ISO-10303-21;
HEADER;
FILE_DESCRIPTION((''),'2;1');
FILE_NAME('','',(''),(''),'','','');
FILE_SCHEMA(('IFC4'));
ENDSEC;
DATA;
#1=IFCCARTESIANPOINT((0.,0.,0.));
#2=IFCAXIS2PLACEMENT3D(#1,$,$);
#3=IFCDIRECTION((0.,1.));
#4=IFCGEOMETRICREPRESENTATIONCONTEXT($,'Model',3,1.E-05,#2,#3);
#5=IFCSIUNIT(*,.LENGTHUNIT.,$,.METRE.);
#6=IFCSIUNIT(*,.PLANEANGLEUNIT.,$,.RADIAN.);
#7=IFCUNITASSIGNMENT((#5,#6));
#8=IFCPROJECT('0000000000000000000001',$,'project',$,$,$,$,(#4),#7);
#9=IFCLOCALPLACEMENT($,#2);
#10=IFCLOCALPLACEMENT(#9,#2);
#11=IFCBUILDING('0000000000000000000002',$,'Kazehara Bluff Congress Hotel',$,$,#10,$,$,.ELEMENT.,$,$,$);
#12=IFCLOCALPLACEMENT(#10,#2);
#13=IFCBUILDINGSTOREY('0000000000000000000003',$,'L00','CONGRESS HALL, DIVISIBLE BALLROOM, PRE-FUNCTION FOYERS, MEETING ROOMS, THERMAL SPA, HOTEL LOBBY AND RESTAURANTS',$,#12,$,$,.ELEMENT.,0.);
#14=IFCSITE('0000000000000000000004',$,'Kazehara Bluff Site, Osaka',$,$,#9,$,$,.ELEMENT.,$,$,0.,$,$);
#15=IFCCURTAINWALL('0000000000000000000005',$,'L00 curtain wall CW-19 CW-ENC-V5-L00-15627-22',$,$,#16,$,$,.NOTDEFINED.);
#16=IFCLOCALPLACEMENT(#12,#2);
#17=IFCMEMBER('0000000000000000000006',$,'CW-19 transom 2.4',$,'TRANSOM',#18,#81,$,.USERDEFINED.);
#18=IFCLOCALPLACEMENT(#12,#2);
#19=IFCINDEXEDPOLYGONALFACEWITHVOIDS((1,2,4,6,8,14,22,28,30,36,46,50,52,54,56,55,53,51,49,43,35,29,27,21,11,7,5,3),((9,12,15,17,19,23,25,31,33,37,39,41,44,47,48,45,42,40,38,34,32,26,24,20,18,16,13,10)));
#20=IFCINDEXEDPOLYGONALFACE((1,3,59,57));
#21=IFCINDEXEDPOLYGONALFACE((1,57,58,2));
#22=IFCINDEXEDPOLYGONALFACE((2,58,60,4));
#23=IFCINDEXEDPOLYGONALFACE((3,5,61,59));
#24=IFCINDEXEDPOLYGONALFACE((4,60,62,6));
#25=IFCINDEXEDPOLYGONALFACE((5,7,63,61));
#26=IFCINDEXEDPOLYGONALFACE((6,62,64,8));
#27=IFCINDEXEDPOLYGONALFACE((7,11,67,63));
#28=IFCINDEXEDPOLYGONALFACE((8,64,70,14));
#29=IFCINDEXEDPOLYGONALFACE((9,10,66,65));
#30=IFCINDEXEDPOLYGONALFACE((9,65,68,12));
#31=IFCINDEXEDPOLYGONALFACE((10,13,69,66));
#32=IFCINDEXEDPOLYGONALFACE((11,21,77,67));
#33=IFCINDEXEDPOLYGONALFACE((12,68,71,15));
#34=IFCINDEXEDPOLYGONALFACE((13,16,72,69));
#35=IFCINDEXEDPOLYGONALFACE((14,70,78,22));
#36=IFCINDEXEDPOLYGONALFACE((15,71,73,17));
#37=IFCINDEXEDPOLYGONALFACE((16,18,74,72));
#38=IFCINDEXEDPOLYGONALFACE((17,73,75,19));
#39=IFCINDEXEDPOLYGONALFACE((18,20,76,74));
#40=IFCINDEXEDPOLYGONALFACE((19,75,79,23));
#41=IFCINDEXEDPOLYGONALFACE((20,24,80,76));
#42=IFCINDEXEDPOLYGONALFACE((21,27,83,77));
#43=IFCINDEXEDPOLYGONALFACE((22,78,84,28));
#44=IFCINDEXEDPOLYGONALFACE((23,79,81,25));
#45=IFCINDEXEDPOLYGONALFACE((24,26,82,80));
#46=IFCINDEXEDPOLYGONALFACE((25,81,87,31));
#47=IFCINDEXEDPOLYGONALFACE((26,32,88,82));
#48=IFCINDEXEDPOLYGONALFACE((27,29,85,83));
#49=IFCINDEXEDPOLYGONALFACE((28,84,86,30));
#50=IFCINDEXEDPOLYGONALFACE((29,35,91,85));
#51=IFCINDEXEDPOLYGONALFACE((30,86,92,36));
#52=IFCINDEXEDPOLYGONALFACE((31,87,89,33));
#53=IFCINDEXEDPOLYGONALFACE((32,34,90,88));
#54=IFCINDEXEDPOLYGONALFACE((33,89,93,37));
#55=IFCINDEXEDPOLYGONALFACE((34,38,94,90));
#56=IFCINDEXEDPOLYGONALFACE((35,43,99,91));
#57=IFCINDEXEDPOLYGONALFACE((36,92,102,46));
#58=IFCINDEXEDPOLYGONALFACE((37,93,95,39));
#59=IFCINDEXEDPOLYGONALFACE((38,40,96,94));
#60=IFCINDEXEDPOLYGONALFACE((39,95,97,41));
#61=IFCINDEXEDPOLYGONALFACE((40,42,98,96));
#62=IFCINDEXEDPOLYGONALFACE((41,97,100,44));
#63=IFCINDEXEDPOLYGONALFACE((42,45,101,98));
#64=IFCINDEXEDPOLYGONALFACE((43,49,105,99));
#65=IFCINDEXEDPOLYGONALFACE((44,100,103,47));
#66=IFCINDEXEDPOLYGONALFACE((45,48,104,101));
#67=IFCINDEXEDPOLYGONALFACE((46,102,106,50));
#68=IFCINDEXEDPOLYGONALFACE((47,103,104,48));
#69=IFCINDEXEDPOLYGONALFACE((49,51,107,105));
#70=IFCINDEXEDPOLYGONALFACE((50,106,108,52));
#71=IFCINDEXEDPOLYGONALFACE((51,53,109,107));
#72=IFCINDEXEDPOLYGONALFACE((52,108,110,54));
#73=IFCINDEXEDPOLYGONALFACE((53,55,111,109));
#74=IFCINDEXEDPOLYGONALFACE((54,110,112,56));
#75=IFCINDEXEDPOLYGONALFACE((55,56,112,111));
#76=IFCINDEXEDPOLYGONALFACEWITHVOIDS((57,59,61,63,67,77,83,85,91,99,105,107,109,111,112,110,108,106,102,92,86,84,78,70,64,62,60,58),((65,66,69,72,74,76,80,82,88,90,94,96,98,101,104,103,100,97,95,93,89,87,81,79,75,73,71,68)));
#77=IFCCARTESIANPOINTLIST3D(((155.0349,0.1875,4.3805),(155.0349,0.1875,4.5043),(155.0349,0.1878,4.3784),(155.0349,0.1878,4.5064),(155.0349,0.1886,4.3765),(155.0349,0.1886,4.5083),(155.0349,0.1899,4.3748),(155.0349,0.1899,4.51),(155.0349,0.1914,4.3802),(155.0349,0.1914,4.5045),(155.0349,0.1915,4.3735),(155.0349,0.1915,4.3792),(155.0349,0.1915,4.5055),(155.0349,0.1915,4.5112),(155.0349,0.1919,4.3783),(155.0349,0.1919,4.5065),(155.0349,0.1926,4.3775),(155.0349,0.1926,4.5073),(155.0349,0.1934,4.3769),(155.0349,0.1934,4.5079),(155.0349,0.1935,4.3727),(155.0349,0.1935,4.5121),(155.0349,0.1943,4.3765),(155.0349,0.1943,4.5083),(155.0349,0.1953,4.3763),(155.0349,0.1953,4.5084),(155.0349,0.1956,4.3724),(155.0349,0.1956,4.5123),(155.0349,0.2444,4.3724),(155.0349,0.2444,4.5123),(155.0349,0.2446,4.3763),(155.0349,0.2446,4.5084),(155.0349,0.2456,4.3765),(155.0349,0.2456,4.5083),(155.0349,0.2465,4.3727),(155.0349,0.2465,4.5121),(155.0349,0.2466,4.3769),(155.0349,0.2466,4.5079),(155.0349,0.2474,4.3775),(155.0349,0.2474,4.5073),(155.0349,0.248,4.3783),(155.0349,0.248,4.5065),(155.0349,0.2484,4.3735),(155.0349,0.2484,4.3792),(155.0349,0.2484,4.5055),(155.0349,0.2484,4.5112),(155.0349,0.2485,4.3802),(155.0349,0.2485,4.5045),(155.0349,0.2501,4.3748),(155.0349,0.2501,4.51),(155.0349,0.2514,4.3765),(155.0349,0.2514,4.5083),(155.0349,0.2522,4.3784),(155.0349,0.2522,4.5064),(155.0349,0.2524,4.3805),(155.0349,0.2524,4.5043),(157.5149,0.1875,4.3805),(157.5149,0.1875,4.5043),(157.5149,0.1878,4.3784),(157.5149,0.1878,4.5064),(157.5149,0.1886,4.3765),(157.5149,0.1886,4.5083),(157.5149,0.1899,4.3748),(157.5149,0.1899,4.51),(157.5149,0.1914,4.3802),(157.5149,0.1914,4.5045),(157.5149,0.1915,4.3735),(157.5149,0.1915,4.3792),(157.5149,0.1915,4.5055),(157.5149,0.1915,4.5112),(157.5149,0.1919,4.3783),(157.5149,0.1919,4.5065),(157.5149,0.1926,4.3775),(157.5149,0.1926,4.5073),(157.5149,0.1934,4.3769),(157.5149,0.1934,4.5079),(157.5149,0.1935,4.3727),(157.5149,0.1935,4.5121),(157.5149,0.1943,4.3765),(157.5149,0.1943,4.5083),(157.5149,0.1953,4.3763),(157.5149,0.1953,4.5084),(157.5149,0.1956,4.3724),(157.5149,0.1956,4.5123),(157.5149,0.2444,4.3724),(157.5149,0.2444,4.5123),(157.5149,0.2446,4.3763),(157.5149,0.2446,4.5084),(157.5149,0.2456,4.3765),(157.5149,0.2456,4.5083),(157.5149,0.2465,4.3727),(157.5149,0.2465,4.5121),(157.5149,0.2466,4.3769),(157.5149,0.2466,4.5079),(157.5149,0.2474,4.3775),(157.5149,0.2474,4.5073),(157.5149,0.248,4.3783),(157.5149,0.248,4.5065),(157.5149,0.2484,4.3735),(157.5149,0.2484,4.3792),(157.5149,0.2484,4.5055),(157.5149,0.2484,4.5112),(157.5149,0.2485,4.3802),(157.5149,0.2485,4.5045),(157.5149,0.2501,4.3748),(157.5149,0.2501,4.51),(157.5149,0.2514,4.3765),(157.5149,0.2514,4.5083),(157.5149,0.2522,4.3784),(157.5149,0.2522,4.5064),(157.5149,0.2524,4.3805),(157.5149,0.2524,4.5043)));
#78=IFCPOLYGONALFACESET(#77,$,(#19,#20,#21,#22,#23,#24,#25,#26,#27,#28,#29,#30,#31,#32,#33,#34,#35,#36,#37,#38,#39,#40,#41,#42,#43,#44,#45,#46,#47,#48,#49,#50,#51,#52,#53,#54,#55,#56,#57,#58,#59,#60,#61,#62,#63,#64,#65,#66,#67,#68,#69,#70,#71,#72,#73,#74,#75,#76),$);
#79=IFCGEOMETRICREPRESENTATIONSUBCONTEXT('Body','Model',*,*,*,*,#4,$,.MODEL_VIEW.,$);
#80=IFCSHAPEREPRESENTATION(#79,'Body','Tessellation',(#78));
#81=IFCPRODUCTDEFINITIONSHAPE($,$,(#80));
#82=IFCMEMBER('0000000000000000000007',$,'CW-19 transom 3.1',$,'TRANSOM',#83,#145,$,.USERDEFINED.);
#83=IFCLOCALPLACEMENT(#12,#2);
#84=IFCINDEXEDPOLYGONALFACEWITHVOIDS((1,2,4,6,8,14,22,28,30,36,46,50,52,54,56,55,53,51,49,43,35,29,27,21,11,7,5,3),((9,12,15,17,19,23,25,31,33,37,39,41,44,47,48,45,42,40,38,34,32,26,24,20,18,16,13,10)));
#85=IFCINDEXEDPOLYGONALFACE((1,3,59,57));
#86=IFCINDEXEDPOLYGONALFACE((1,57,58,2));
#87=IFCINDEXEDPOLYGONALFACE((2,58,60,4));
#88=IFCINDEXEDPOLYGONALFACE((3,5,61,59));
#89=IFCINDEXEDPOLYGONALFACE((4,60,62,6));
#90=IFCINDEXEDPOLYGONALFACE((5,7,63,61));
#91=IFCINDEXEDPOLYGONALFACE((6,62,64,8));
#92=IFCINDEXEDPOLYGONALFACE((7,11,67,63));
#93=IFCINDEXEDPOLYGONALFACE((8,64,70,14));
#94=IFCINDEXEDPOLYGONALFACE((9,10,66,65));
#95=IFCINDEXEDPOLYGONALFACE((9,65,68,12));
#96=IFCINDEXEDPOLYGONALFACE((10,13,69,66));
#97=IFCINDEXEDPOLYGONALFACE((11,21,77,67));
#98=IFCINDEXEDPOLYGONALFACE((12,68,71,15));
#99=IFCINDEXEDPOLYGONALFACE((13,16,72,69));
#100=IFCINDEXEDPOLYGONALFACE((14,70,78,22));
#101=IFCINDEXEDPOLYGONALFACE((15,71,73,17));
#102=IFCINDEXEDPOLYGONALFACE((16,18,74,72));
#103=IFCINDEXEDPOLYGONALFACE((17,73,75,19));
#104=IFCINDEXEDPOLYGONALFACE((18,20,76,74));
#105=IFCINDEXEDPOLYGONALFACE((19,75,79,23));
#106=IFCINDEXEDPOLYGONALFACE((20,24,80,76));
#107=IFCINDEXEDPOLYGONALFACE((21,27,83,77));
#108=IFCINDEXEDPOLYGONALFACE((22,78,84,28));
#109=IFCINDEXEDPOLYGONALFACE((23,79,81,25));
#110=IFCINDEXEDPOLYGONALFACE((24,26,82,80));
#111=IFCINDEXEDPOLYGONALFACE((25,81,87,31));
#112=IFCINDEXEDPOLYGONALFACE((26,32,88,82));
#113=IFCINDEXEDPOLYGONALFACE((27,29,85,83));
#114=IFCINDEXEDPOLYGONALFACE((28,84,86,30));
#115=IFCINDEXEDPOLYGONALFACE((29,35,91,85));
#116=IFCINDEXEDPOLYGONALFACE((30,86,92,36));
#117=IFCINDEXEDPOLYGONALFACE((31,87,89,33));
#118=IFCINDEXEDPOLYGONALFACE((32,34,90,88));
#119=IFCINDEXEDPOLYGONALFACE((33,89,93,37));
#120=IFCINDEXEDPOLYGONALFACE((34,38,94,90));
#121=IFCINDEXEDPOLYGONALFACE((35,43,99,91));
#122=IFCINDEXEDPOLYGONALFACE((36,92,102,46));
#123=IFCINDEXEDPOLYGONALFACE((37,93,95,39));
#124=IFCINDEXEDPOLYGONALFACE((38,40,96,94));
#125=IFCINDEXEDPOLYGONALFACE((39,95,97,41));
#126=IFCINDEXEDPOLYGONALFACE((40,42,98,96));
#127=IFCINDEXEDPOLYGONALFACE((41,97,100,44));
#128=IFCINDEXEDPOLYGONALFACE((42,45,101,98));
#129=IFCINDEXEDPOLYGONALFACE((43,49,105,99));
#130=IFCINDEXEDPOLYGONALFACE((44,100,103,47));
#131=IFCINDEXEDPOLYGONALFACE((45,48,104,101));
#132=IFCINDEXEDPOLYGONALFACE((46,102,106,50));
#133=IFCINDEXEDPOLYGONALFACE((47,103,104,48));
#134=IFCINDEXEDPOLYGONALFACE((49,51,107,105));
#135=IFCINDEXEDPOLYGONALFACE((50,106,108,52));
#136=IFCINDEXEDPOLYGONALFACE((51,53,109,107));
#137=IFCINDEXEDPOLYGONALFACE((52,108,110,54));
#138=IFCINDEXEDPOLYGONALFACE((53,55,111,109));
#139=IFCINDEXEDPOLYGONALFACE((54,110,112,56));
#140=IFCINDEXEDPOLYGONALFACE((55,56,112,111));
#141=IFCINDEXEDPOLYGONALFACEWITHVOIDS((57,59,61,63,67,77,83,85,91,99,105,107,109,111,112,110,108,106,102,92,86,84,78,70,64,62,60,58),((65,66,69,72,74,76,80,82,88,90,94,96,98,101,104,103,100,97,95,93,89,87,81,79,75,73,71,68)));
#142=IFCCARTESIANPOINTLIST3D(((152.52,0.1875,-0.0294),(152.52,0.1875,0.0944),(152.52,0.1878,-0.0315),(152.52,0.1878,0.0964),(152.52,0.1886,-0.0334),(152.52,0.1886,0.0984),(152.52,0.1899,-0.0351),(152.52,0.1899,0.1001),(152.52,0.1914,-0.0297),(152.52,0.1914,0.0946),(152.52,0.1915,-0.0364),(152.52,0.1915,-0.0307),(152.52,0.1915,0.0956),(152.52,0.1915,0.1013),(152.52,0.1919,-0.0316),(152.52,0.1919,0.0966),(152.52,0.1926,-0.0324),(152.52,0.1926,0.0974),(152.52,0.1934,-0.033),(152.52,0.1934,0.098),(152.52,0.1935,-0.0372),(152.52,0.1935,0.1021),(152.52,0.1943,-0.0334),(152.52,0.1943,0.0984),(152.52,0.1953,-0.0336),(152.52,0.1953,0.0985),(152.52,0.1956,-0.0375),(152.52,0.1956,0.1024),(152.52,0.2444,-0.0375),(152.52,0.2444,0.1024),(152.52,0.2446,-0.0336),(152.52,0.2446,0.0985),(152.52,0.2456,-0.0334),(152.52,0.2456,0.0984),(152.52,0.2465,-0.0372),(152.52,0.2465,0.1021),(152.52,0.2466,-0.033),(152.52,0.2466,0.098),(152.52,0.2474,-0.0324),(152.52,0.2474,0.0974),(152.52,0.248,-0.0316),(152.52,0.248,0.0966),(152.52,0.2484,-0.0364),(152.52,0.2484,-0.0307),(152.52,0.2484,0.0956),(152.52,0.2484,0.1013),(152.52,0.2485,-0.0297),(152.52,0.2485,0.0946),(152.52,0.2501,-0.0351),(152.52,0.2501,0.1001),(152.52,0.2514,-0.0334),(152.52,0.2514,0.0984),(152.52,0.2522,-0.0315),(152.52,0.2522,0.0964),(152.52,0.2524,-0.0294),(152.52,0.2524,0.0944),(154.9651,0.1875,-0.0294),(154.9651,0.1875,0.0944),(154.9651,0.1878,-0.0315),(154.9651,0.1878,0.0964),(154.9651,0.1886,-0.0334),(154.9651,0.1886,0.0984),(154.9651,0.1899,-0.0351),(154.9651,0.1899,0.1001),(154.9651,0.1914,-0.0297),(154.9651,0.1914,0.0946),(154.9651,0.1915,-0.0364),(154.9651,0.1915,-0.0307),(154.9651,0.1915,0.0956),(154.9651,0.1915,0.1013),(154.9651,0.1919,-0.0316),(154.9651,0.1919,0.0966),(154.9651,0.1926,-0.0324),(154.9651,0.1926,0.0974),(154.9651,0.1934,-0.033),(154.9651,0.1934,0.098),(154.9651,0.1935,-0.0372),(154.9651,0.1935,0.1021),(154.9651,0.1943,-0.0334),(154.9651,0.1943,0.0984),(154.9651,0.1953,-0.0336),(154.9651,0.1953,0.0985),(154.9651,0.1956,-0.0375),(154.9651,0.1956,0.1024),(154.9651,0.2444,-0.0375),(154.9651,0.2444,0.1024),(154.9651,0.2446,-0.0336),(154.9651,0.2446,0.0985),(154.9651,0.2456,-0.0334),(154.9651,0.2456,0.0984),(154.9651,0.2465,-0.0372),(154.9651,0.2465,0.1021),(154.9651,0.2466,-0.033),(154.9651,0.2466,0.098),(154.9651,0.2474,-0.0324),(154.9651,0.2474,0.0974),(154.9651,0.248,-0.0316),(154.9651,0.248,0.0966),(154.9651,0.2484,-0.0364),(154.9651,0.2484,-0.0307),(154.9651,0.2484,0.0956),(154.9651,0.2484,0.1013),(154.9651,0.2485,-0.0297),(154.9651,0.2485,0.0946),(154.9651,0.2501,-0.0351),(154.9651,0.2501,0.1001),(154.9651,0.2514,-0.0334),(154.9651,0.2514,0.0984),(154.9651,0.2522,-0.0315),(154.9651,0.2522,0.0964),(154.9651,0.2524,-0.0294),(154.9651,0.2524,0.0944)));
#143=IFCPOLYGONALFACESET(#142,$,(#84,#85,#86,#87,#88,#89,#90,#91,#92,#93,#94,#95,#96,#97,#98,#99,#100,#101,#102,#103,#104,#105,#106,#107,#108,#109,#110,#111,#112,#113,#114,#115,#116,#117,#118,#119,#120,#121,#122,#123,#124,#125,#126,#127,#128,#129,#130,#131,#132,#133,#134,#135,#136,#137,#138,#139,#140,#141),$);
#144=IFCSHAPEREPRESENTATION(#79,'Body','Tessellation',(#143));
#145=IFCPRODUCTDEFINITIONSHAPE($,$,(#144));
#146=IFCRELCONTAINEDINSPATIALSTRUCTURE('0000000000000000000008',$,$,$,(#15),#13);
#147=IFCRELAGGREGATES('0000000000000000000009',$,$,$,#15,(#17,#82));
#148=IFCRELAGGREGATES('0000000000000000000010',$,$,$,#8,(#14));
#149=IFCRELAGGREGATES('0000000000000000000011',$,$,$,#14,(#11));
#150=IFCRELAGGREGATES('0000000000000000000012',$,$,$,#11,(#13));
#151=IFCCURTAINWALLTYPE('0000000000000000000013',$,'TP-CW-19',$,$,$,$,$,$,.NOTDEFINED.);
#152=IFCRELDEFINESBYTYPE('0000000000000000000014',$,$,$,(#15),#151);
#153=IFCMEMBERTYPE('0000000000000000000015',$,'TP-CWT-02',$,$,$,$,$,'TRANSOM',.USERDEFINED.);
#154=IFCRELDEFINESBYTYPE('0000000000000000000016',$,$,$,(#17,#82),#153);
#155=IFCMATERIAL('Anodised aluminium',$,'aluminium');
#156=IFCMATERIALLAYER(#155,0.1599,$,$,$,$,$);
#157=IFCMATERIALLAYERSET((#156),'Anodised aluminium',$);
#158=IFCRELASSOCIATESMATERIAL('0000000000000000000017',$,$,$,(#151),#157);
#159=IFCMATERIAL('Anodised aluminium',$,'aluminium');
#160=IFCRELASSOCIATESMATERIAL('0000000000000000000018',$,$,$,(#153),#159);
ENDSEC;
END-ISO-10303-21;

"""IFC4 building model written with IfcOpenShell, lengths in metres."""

from ifc_helpers import new_model, si_unit, direction, frame, origin, origin_2d, place, context, subcontext, project, spatial, hollow_rectangle, extrude, material, layer, layer_set, material_profile, profile_set, type_object, element, aggregate, save


model = new_model("IFC4")

# Units and contexts
model_context = context("Model", 3, precision=1e-05, world=origin(), true_north=direction((0.0, 1.0)))
body_context = subcontext(model_context, "Body", "Model", "MODEL_VIEW")
ifc_project = project(units=[si_unit("LENGTHUNIT", "METRE"), si_unit("PLANEANGLEUNIT", "RADIAN")], contexts=[model_context])

# Site, building, storey
site_placement = place(None, origin())
site = spatial("IfcSite", under=ifc_project, at=site_placement, Name="Kazehara Bluff Site, Osaka", CompositionType="ELEMENT", RefElevation=0.0)
building_placement = place(site_placement, origin())
building = spatial("IfcBuilding", under=site, at=building_placement, Name="Kazehara Bluff Congress Hotel", CompositionType="ELEMENT")
storey_placement = place(building_placement, origin())
storey = spatial("IfcBuildingStorey", under=building, at=storey_placement, Name="L00", Description="CONGRESS HALL, DIVISIBLE BALLROOM, PRE-FUNCTION FOYERS, MEETING ROOMS, THERMAL SPA, HOTEL LOBBY AND RESTAURANTS", CompositionType="ELEMENT", Elevation=0.0)

# Curtain wall, members
ifc_material_1 = material(Name="Anodised aluminium", Category="aluminium")
ifc_layer_1 = layer(ifc_material_1, 0.1599)
ifc_layer_set_1 = layer_set([ifc_layer_1], Name="Anodised aluminium")
curtain_wall_type = type_object("IfcCurtainWallType", Name="TP-CW-19", PredefinedType="NOTDEFINED", material=ifc_layer_set_1)
curtain_wall_placement = place(storey_placement, origin())
curtain_wall = element("IfcCurtainWall", 1, at=curtain_wall_placement, inside=storey, type_object=curtain_wall_type, Name="L00 curtain wall CW-19 CW-ENC-V5-L00-15627-22", PredefinedType="NOTDEFINED")
ifc_material_2 = material(Name="Anodised aluminium", Category="aluminium")
ifc_material_profile_1 = material_profile(ifc_material_2, hollow_rectangle(XDim=0.0649, YDim=0.1399, WallThickness=0.0039, InnerFilletRadius=0.0039, OuterFilletRadius=0.0081, at=origin_2d()))
ifc_profile_set_1 = profile_set([ifc_material_profile_1], Name="Anodised aluminium")
member_type_1 = type_object("IfcMemberType", Name="TP-CWT-02", ElementType="TRANSOM", PredefinedType="USERDEFINED", material=ifc_profile_set_1)
member_1_placement = place(storey_placement, frame((157.5149, 0.22, 4.4424), z_axis=(-1.0, 0.0, 0.0), x_axis=(0.0, -1.0, 0.0)))
member_1 = element("IfcMember", 2, at=member_1_placement, type_object=member_type_1, Name="CW-19 transom 2.4", ObjectType="TRANSOM", PredefinedType="USERDEFINED", context=body_context, shape_type="SweptSolid", body=[
    extrude(hollow_rectangle(XDim=0.0649, YDim=0.1399, WallThickness=0.0039, InnerFilletRadius=0.0039, OuterFilletRadius=0.0081, at=origin_2d()), origin(), (0.0, 0.0, 1.0), 2.48),
])
member_2_placement = place(storey_placement, frame((154.9651, 0.22, 0.0325), z_axis=(-1.0, 0.0, 0.0), x_axis=(0.0, -1.0, 0.0)))
member_2 = element("IfcMember", 3, at=member_2_placement, type_object=member_type_1, Name="CW-19 transom 3.1", ObjectType="TRANSOM", PredefinedType="USERDEFINED", context=body_context, shape_type="SweptSolid", body=[
    extrude(hollow_rectangle(XDim=0.0649, YDim=0.1399, WallThickness=0.0039, InnerFilletRadius=0.0039, OuterFilletRadius=0.0081, at=origin_2d()), origin(), (0.0, 0.0, 1.0), 2.4451),
])

aggregate(curtain_wall, [member_1, member_2])

save(model, "model.ifc")
